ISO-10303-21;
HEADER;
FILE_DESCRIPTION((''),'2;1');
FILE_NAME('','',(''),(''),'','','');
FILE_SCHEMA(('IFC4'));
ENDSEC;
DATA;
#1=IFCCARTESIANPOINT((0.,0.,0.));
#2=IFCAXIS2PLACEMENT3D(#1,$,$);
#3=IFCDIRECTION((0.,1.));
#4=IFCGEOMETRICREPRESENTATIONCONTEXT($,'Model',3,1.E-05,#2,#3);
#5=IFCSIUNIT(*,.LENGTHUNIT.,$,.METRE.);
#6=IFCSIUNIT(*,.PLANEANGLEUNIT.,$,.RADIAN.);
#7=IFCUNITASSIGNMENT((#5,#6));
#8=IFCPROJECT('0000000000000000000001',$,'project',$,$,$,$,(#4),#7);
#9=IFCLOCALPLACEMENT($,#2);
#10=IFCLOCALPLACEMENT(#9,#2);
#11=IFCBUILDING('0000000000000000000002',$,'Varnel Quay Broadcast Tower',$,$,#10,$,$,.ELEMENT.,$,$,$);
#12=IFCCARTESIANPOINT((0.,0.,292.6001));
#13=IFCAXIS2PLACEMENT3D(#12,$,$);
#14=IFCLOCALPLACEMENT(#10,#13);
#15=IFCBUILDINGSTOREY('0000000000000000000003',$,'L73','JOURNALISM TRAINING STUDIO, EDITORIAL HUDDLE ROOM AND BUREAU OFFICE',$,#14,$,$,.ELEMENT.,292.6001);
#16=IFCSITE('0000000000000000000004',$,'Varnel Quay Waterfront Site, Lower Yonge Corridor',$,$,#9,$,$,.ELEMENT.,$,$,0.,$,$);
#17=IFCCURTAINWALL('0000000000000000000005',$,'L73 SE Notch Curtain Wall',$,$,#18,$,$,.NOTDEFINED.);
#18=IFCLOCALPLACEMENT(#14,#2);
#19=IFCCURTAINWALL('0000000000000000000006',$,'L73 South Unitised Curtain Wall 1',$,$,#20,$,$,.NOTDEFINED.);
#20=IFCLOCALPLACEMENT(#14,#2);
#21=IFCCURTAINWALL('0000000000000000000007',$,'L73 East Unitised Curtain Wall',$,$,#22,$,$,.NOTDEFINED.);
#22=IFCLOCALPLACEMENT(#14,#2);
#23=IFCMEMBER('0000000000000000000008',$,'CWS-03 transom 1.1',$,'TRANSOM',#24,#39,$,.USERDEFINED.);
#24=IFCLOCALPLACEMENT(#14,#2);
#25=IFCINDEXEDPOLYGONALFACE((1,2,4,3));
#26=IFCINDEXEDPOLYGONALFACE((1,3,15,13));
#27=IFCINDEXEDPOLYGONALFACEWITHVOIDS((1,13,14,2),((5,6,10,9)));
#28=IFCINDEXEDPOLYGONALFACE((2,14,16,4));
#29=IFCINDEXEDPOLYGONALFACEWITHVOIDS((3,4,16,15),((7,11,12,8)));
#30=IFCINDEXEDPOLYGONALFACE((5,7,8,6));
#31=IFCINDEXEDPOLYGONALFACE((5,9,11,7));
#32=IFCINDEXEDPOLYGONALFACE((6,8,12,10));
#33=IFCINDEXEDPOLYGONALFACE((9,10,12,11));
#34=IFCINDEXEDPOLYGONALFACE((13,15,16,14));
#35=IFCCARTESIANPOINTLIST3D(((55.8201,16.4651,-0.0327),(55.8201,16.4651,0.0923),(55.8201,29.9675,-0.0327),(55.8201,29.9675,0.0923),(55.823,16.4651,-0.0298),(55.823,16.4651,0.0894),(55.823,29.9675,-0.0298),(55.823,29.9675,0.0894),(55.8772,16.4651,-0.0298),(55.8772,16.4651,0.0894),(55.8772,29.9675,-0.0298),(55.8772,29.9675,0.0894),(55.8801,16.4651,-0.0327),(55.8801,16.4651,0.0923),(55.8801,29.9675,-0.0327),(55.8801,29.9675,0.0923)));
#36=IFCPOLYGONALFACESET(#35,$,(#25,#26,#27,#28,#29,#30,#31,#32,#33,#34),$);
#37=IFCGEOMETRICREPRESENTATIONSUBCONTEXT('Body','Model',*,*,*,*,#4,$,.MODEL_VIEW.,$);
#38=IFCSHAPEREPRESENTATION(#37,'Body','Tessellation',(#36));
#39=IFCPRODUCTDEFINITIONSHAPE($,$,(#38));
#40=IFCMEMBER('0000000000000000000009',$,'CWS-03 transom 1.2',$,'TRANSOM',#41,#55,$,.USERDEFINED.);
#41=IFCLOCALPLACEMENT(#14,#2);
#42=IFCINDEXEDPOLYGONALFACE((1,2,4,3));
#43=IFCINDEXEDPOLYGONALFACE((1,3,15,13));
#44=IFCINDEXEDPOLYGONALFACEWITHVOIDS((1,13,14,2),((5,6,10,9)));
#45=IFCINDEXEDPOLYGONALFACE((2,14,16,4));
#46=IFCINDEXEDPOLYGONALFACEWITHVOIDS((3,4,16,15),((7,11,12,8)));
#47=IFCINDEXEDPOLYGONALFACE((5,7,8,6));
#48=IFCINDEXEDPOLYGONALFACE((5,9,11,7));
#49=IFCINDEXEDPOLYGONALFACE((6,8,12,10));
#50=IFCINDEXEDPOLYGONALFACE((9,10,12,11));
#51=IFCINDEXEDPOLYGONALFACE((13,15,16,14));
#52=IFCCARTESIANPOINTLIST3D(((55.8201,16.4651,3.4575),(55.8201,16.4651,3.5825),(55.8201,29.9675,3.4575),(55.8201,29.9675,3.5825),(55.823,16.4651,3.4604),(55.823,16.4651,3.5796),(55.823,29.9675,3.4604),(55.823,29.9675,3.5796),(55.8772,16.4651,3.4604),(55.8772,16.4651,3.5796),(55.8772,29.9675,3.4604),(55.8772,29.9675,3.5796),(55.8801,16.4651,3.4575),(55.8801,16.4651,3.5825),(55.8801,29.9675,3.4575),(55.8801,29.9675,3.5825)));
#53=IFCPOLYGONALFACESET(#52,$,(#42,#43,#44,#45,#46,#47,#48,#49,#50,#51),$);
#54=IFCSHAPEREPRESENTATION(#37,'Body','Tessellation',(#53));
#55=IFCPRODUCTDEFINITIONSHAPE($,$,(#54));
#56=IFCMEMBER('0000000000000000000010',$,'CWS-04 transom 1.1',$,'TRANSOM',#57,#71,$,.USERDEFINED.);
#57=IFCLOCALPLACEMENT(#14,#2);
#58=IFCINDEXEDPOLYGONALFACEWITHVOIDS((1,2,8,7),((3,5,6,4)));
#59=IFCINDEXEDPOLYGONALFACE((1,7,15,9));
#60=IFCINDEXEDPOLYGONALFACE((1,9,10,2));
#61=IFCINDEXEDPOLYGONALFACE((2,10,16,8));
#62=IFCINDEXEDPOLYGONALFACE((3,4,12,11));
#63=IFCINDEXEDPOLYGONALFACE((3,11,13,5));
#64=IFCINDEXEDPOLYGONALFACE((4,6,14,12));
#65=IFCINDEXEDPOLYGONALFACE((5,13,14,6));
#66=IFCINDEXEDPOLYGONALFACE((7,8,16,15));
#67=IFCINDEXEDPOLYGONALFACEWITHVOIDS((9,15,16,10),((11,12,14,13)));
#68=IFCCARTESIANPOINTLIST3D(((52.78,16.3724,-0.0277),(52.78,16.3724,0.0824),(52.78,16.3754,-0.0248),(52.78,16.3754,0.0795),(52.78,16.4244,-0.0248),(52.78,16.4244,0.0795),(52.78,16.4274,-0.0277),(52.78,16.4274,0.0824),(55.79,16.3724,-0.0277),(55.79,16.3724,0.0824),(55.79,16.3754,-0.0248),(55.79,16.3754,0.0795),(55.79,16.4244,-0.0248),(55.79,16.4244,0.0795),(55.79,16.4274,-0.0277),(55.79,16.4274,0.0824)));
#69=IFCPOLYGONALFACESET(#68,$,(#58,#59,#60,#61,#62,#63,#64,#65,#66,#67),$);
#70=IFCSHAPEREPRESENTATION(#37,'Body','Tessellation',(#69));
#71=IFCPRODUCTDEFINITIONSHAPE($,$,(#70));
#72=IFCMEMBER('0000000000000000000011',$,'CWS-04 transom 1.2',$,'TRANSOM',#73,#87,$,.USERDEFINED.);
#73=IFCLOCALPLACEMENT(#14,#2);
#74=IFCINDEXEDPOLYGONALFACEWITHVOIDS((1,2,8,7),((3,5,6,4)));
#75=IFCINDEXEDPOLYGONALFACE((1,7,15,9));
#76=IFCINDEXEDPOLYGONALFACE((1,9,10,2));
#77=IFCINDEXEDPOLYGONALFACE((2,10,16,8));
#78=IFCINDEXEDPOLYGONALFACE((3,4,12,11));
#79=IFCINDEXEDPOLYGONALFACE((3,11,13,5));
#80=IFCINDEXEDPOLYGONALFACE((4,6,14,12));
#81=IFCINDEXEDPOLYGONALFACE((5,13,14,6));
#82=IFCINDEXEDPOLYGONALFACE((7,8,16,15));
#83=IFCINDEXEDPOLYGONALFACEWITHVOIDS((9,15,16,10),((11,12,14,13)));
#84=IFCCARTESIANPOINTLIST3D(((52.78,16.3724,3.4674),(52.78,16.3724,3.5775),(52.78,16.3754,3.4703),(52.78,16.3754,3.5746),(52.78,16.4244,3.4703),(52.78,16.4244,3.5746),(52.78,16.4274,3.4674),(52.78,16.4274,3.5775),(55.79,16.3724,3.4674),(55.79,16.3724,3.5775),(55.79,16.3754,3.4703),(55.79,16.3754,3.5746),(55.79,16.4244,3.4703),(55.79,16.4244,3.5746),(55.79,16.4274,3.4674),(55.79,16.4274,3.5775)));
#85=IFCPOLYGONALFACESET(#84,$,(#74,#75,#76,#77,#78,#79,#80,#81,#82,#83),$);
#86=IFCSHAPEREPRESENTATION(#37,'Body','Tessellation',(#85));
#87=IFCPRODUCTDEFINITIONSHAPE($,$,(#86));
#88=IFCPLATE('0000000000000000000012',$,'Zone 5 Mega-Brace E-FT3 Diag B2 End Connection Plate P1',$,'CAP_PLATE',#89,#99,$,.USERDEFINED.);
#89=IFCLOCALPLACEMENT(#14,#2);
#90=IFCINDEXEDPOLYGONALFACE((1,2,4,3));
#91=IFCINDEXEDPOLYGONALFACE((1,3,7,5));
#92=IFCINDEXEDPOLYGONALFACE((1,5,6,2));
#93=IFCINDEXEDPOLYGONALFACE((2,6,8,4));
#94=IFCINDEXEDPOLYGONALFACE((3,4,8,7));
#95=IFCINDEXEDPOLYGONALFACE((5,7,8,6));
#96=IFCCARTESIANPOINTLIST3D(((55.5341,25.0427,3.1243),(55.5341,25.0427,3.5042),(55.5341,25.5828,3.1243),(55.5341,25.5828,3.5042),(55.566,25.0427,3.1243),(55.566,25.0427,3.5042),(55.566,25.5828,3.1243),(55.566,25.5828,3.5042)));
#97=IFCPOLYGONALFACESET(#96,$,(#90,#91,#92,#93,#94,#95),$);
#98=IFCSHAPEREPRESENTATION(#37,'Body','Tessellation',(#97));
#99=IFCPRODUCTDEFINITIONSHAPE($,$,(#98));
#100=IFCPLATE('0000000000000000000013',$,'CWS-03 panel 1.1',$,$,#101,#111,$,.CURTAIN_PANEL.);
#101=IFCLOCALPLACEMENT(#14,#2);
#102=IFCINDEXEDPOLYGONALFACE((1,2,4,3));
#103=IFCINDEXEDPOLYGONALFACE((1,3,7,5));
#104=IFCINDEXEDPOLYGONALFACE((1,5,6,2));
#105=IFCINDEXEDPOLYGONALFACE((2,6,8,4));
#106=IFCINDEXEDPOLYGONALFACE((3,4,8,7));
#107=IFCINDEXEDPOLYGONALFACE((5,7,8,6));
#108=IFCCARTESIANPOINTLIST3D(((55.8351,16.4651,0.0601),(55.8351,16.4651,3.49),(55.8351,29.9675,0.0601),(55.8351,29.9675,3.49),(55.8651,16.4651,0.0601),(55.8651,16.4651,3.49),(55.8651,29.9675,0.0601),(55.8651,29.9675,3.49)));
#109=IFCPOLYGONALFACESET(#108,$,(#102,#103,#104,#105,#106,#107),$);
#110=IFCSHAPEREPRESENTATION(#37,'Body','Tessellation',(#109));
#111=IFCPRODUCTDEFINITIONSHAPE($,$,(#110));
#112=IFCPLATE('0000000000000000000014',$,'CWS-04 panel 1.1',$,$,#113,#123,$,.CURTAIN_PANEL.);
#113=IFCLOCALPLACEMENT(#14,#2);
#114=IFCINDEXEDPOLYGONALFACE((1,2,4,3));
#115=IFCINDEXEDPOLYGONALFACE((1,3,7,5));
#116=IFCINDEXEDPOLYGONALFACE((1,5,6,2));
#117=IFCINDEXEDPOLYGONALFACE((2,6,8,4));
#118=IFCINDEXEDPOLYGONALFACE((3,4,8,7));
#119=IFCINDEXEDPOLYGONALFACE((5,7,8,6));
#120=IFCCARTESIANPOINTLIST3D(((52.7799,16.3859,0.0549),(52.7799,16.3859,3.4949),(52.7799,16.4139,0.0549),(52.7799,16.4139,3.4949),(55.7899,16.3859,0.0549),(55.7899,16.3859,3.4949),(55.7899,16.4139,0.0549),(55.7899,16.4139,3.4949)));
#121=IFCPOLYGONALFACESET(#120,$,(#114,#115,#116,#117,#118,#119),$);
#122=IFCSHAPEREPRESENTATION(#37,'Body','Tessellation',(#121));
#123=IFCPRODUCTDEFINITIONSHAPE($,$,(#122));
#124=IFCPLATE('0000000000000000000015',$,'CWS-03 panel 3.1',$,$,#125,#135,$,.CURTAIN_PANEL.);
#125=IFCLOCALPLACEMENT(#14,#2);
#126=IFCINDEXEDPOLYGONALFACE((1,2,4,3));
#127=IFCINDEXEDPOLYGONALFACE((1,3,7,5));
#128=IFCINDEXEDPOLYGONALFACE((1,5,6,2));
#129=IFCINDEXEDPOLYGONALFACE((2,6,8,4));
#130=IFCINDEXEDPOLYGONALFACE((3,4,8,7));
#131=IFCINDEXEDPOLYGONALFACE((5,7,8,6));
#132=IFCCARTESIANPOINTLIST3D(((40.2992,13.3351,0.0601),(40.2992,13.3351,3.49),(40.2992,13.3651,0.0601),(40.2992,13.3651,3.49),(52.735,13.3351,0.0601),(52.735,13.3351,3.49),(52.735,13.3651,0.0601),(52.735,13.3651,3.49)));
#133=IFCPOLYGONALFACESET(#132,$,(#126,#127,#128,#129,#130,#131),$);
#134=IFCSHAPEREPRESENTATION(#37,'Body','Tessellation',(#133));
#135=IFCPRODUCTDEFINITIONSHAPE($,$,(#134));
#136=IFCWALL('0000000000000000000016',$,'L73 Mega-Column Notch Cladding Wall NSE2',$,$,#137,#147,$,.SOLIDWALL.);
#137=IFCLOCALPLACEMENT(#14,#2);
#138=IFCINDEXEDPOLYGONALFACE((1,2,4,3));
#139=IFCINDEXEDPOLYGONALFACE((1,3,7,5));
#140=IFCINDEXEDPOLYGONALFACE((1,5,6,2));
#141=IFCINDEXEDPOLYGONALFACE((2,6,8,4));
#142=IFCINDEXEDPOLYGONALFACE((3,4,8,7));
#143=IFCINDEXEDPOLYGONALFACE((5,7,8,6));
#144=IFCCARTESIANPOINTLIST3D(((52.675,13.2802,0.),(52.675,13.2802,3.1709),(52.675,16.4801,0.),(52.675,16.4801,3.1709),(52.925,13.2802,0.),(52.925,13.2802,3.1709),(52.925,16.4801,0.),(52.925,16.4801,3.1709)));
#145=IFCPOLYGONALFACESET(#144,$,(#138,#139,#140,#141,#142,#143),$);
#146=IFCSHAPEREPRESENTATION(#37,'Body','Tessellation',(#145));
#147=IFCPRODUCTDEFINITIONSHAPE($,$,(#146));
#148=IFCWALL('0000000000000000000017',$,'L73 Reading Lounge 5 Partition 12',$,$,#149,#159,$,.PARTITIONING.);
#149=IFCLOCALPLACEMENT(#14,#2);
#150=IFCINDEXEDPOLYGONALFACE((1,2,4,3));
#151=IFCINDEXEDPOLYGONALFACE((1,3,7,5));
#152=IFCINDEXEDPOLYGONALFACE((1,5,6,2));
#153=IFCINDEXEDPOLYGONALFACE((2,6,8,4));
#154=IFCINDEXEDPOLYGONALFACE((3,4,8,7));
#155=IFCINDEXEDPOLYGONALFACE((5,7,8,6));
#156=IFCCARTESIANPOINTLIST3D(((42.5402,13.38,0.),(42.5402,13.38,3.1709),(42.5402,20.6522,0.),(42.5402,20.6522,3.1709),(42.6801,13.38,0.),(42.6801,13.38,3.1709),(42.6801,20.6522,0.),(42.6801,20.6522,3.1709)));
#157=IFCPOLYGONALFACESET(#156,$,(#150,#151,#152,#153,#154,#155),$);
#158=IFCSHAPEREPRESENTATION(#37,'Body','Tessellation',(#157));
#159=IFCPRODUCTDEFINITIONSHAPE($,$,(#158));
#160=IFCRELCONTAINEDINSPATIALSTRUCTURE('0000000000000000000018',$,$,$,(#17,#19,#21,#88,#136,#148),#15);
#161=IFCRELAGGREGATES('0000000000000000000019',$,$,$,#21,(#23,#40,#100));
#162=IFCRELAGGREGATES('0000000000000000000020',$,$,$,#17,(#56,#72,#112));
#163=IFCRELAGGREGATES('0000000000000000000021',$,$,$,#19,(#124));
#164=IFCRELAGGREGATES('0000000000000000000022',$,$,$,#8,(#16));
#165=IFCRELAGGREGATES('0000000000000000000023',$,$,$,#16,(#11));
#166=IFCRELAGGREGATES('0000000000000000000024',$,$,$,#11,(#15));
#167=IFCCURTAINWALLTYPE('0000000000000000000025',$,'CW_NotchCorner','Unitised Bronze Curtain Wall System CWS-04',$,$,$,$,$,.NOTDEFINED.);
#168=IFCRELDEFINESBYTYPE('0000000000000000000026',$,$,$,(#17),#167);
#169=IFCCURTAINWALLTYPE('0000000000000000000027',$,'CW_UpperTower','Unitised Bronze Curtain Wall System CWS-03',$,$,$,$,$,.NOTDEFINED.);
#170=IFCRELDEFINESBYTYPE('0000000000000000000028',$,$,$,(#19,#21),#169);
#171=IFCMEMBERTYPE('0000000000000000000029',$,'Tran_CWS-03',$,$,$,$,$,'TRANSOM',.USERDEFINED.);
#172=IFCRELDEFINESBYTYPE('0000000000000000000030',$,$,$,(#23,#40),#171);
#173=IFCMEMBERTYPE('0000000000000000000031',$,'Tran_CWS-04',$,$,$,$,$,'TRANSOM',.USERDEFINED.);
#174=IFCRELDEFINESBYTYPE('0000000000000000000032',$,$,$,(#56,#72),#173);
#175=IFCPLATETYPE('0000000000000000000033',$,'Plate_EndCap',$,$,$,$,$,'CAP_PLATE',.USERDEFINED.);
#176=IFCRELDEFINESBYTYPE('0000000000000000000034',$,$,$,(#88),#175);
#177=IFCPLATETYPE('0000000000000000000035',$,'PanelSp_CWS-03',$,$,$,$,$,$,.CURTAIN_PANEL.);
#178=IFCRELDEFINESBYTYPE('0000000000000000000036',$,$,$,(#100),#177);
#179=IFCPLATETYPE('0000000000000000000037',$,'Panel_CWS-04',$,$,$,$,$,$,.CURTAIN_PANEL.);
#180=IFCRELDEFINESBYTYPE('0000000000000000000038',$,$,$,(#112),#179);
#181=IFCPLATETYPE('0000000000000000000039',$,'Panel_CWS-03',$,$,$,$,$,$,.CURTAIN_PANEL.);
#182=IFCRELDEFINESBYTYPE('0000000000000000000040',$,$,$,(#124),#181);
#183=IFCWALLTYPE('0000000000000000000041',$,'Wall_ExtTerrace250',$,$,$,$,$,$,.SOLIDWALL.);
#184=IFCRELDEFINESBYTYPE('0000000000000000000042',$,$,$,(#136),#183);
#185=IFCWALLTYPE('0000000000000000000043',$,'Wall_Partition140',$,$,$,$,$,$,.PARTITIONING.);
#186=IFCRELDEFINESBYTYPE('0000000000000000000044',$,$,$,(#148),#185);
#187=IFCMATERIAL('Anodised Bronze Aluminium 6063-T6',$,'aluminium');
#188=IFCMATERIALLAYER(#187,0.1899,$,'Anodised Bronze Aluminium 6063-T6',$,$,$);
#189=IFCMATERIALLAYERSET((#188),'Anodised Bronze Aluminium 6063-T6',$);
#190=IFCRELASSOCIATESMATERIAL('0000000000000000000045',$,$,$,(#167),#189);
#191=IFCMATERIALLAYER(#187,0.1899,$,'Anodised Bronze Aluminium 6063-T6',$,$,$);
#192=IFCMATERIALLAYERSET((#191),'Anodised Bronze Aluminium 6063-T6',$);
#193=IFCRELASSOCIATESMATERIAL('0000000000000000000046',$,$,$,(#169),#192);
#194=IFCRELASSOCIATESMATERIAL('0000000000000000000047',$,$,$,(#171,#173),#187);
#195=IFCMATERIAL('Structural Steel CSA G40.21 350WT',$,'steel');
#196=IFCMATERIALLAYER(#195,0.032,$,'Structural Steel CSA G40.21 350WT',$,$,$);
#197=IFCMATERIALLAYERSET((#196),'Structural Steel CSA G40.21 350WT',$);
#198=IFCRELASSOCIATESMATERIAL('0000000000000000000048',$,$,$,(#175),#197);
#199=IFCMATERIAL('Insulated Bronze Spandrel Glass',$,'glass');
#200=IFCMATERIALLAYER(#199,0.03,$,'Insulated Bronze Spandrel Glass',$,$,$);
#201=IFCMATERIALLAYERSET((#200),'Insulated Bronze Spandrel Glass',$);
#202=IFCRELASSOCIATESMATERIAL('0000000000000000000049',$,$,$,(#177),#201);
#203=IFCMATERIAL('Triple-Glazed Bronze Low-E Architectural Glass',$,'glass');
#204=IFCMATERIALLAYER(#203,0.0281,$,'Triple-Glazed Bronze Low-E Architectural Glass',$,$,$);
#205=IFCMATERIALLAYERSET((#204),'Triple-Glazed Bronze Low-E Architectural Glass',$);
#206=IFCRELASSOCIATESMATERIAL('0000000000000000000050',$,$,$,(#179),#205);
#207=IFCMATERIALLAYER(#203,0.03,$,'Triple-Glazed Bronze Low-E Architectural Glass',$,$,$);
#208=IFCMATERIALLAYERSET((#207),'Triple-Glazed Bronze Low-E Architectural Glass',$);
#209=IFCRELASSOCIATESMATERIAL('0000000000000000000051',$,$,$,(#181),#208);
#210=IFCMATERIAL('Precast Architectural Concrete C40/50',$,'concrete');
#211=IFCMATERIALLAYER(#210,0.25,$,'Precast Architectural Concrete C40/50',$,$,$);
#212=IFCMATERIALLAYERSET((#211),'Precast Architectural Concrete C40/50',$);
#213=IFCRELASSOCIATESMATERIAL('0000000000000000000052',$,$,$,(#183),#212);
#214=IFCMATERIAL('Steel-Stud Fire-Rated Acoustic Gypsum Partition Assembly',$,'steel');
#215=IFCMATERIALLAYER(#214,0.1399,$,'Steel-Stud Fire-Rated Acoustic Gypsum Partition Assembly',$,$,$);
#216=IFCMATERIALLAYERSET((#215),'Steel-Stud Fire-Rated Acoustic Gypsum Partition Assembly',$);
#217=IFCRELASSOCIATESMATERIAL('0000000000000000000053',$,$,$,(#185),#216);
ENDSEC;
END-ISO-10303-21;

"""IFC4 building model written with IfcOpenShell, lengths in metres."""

from ifc_helpers import new_model, si_unit, direction, frame, frame_2d, origin, origin_2d, place, context, subcontext, project, spatial, rectangle, hollow_rectangle, extrude, source, transform, mapped, material, layer, layer_set, material_profile, profile_set, type_object, type_shapes, element, aggregate, save


model = new_model("IFC4")

# Units and contexts
model_context = context("Model", 3, precision=1e-05, world=origin(), true_north=direction((0.0, 1.0)))
body_context = subcontext(model_context, "Body", "Model", "MODEL_VIEW")
ifc_project = project(units=[si_unit("LENGTHUNIT", "METRE"), si_unit("PLANEANGLEUNIT", "RADIAN")], contexts=[model_context])

# Site, building, storey
site_placement = place(None, origin())
site = spatial("IfcSite", under=ifc_project, at=site_placement, Name="Varnel Quay Waterfront Site, Lower Yonge Corridor", CompositionType="ELEMENT", RefElevation=0.0)
building_placement = place(site_placement, origin())
building = spatial("IfcBuilding", under=site, at=building_placement, Name="Varnel Quay Broadcast Tower", CompositionType="ELEMENT")
storey_placement = place(building_placement, frame((0.0, 0.0, 292.6001)))
storey = spatial("IfcBuildingStorey", under=building, at=storey_placement, Name="L73", Description="JOURNALISM TRAINING STUDIO, EDITORIAL HUDDLE ROOM AND BUREAU OFFICE", CompositionType="ELEMENT", Elevation=292.6001)

# Shared definitions
ifc_material_1 = material(Name="Structural Steel CSA G40.21 350WT", Category="steel")

# Curtain wall
ifc_material_2 = material(Name="Anodised Bronze Aluminium 6063-T6", Category="aluminium")
ifc_layer_1 = layer(ifc_material_2, 0.1899, Name="Anodised Bronze Aluminium 6063-T6")
ifc_layer_set_1 = layer_set([ifc_layer_1], Name="Anodised Bronze Aluminium 6063-T6")
curtain_wall_type_1 = type_object("IfcCurtainWallType", Name="CW_NotchCorner", Description="Unitised Bronze Curtain Wall System CWS-04", PredefinedType="NOTDEFINED", material=ifc_layer_set_1)
curtain_wall_1_placement = place(storey_placement, origin())
curtain_wall_1 = element("IfcCurtainWall", 1, at=curtain_wall_1_placement, inside=storey, type_object=curtain_wall_type_1, Name="L73 SE Notch Curtain Wall", PredefinedType="NOTDEFINED")

# Curtain wall
ifc_layer_2 = layer(ifc_material_2, 0.1899, Name="Anodised Bronze Aluminium 6063-T6")
ifc_layer_set_2 = layer_set([ifc_layer_2], Name="Anodised Bronze Aluminium 6063-T6")
curtain_wall_type_2 = type_object("IfcCurtainWallType", Name="CW_UpperTower", Description="Unitised Bronze Curtain Wall System CWS-03", PredefinedType="NOTDEFINED", material=ifc_layer_set_2)
curtain_wall_2_placement = place(storey_placement, origin())
curtain_wall_2 = element("IfcCurtainWall", 2, at=curtain_wall_2_placement, inside=storey, type_object=curtain_wall_type_2, Name="L73 South Unitised Curtain Wall 1", PredefinedType="NOTDEFINED")

# Curtain wall, members
curtain_wall_3_placement = place(storey_placement, origin())
curtain_wall_3 = element("IfcCurtainWall", 3, at=curtain_wall_3_placement, inside=storey, type_object=curtain_wall_type_2, Name="L73 East Unitised Curtain Wall", PredefinedType="NOTDEFINED")
ifc_material_profile_1 = material_profile(ifc_material_2, hollow_rectangle(XDim=0.0601, YDim=0.125, WallThickness=0.0029, at=origin_2d()), Name="ALU60X125X3")
ifc_profile_set_1 = profile_set([ifc_material_profile_1], Name="Anodised Bronze Aluminium 6063-T6")
member_type_1 = type_object("IfcMemberType", Name="Tran_CWS-03", ElementType="TRANSOM", PredefinedType="USERDEFINED", material=ifc_profile_set_1)
shared_shape_1 = source(origin(), body_context, "Body", "SweptSolid", [
    extrude(hollow_rectangle(XDim=0.0601, YDim=0.125, WallThickness=0.0029, at=origin_2d()), origin(), (0.0, 0.0, 1.0), 13.5024),
])
type_shapes(member_type_1, [shared_shape_1])
member_1_placement = place(storey_placement, frame((55.8501, 16.4651, 0.0298), z_axis=(0.0, 1.0, 0.0), x_axis=(-1.0, 0.0, 0.0)))
member_1 = element("IfcMember", 4, at=member_1_placement, type_object=member_type_1, Name="CWS-03 transom 1.1", ObjectType="TRANSOM", PredefinedType="USERDEFINED", context=body_context, shape_type="MappedRepresentation", body=[
    mapped(shared_shape_1, transform((0.0, 0.0, 0.0), x_axis=(1.0, 0.0, 0.0), y_axis=(0.0, 1.0, 0.0), z_axis=(0.0, 0.0, 1.0), scale=1.0)),
])
member_2_placement = place(storey_placement, frame((55.8501, 16.4651, 3.52), z_axis=(0.0, 1.0, 0.0), x_axis=(-1.0, 0.0, 0.0)))
member_2 = element("IfcMember", 5, at=member_2_placement, type_object=member_type_1, Name="CWS-03 transom 1.2", ObjectType="TRANSOM", PredefinedType="USERDEFINED", context=body_context, shape_type="MappedRepresentation", body=[
    mapped(shared_shape_1, transform((0.0, 0.0, 0.0), x_axis=(1.0, 0.0, 0.0), y_axis=(0.0, 1.0, 0.0), z_axis=(0.0, 0.0, 1.0), scale=1.0)),
])

# Members
ifc_material_profile_2 = material_profile(ifc_material_2, hollow_rectangle(XDim=0.0549, YDim=0.1101, WallThickness=0.0029, at=origin_2d()), Name="ALU55X110X3")
ifc_profile_set_2 = profile_set([ifc_material_profile_2], Name="Anodised Bronze Aluminium 6063-T6")
member_type_2 = type_object("IfcMemberType", Name="Tran_CWS-04", ElementType="TRANSOM", PredefinedType="USERDEFINED", material=ifc_profile_set_2)
shared_shape_2 = source(origin(), body_context, "Body", "SweptSolid", [
    extrude(hollow_rectangle(XDim=0.0549, YDim=0.1101, WallThickness=0.0029, at=origin_2d()), origin(), (0.0, 0.0, 1.0), 3.01),
])
type_shapes(member_type_2, [shared_shape_2])
member_3_placement = place(storey_placement, frame((52.78, 16.3999, 0.0273), z_axis=(1.0, 0.0, 0.0), x_axis=(0.0, 1.0, 0.0)))
member_3 = element("IfcMember", 6, at=member_3_placement, type_object=member_type_2, Name="CWS-04 transom 1.1", ObjectType="TRANSOM", PredefinedType="USERDEFINED", context=body_context, shape_type="MappedRepresentation", body=[
    mapped(shared_shape_2, transform((0.0, 0.0, 0.0), x_axis=(1.0, 0.0, 0.0), y_axis=(0.0, 1.0, 0.0), z_axis=(0.0, 0.0, 1.0), scale=1.0)),
])
member_4_placement = place(storey_placement, frame((52.78, 16.3999, 3.5225), z_axis=(1.0, 0.0, 0.0), x_axis=(0.0, 1.0, 0.0)))
member_4 = element("IfcMember", 7, at=member_4_placement, type_object=member_type_2, Name="CWS-04 transom 1.2", ObjectType="TRANSOM", PredefinedType="USERDEFINED", context=body_context, shape_type="MappedRepresentation", body=[
    mapped(shared_shape_2, transform((0.0, 0.0, 0.0), x_axis=(1.0, 0.0, 0.0), y_axis=(0.0, 1.0, 0.0), z_axis=(0.0, 0.0, 1.0), scale=1.0)),
])

# Plates
ifc_layer_3 = layer(ifc_material_1, 0.032, Name="Structural Steel CSA G40.21 350WT")
ifc_layer_set_3 = layer_set([ifc_layer_3], Name="Structural Steel CSA G40.21 350WT")
plate_type_1 = type_object("IfcPlateType", Name="Plate_EndCap", ElementType="CAP_PLATE", PredefinedType="USERDEFINED", material=ifc_layer_set_3)
shared_shape_3 = source(origin(), body_context, "Body", "SweptSolid", [
    extrude(rectangle(XDim=0.54, YDim=0.032, at=origin_2d()), origin(), (0.0, 0.0, 1.0), 0.3799),
])
type_shapes(plate_type_1, [shared_shape_3])
plate_1_placement = place(storey_placement, frame((55.55, 25.3127, 3.1243), z_axis=(0.0, 0.0, 1.0), x_axis=(0.0, 1.0, 0.0)))
element("IfcPlate", 8, at=plate_1_placement, inside=storey, type_object=plate_type_1, Name="Zone 5 Mega-Brace E-FT3 Diag B2 End Connection Plate P1", ObjectType="CAP_PLATE", PredefinedType="USERDEFINED", context=body_context, shape_type="MappedRepresentation", body=[
    mapped(shared_shape_3, transform((0.0, 0.0, 0.0), x_axis=(1.0, 0.0, 0.0), y_axis=(0.0, 1.0, 0.0), z_axis=(0.0, 0.0, 1.0), scale=1.0)),
])
ifc_material_3 = material(Name="Insulated Bronze Spandrel Glass", Category="glass")
ifc_layer_4 = layer(ifc_material_3, 0.03, Name="Insulated Bronze Spandrel Glass")
ifc_layer_set_4 = layer_set([ifc_layer_4], Name="Insulated Bronze Spandrel Glass")
plate_type_2 = type_object("IfcPlateType", Name="PanelSp_CWS-03", PredefinedType="CURTAIN_PANEL", material=ifc_layer_set_4)
shared_shape_4 = source(origin(), body_context, "Body", "SweptSolid", [
    extrude(rectangle(XDim=13.5024, YDim=0.03, at=origin_2d()), origin(), (0.0, 0.0, 1.0), 3.4299),
])
type_shapes(plate_type_2, [shared_shape_4])
plate_2_placement = place(storey_placement, frame((55.8501, 23.2163, 0.0601), z_axis=(0.0, 0.0, 1.0), x_axis=(0.0, 1.0, 0.0)))
plate_2 = element("IfcPlate", 9, at=plate_2_placement, type_object=plate_type_2, Name="CWS-03 panel 1.1", PredefinedType="CURTAIN_PANEL", context=body_context, shape_type="MappedRepresentation", body=[
    mapped(shared_shape_4, transform((0.0, 0.0, 0.0), x_axis=(1.0, 0.0, 0.0), y_axis=(0.0, 1.0, 0.0), z_axis=(0.0, 0.0, 1.0), scale=1.0)),
])
aggregate(curtain_wall_3, [member_1, member_2, plate_2])
ifc_material_4 = material(Name="Triple-Glazed Bronze Low-E Architectural Glass", Category="glass")
ifc_layer_5 = layer(ifc_material_4, 0.0281, Name="Triple-Glazed Bronze Low-E Architectural Glass")
ifc_layer_set_5 = layer_set([ifc_layer_5], Name="Triple-Glazed Bronze Low-E Architectural Glass")
plate_type_3 = type_object("IfcPlateType", Name="Panel_CWS-04", PredefinedType="CURTAIN_PANEL", material=ifc_layer_set_5)
shared_shape_5 = source(origin(), body_context, "Body", "SweptSolid", [
    extrude(rectangle(XDim=3.01, YDim=0.0281, at=origin_2d()), origin(), (0.0, 0.0, 1.0), 3.4399),
])
type_shapes(plate_type_3, [shared_shape_5])
plate_3_placement = place(storey_placement, frame((54.2849, 16.3999, 0.0549), z_axis=(0.0, 0.0, 1.0), x_axis=(1.0, 0.0, 0.0)))
plate_3 = element("IfcPlate", 10, at=plate_3_placement, type_object=plate_type_3, Name="CWS-04 panel 1.1", PredefinedType="CURTAIN_PANEL", context=body_context, shape_type="MappedRepresentation", body=[
    mapped(shared_shape_5, transform((0.0, 0.0, 0.0), x_axis=(1.0, 0.0, 0.0), y_axis=(0.0, 1.0, 0.0), z_axis=(0.0, 0.0, 1.0), scale=1.0)),
])
aggregate(curtain_wall_1, [member_3, member_4, plate_3])
ifc_layer_6 = layer(ifc_material_4, 0.03, Name="Triple-Glazed Bronze Low-E Architectural Glass")
ifc_layer_set_6 = layer_set([ifc_layer_6], Name="Triple-Glazed Bronze Low-E Architectural Glass")
plate_type_4 = type_object("IfcPlateType", Name="Panel_CWS-03", PredefinedType="CURTAIN_PANEL", material=ifc_layer_set_6)
shared_shape_6 = source(origin(), body_context, "Body", "SweptSolid", [
    extrude(rectangle(XDim=12.4358, YDim=0.03, at=origin_2d()), origin(), (0.0, 0.0, 1.0), 3.4299),
])
type_shapes(plate_type_4, [shared_shape_6])
plate_4_placement = place(storey_placement, frame((46.5171, 13.3501, 0.0601), z_axis=(0.0, 0.0, 1.0), x_axis=(1.0, 0.0, 0.0)))
plate_4 = element("IfcPlate", 11, at=plate_4_placement, type_object=plate_type_4, Name="CWS-03 panel 3.1", PredefinedType="CURTAIN_PANEL", context=body_context, shape_type="MappedRepresentation", body=[
    mapped(shared_shape_6, transform((0.0, 0.0, 0.0), x_axis=(1.0, 0.0, 0.0), y_axis=(0.0, 1.0, 0.0), z_axis=(0.0, 0.0, 1.0), scale=1.0)),
])
aggregate(curtain_wall_2, [plate_4])

# Walls
ifc_material_5 = material(Name="Precast Architectural Concrete C40/50", Category="concrete")
ifc_layer_7 = layer(ifc_material_5, 0.25, Name="Precast Architectural Concrete C40/50")
ifc_layer_set_7 = layer_set([ifc_layer_7], Name="Precast Architectural Concrete C40/50")
wall_type_1 = type_object("IfcWallType", Name="Wall_ExtTerrace250", PredefinedType="SOLIDWALL", material=ifc_layer_set_7)
wall_1_placement = place(storey_placement, frame((52.8, 13.28, 0.0), z_axis=(0.0, 0.0, 1.0), x_axis=(0.0, 1.0, 0.0)))
element("IfcWall", 12, at=wall_1_placement, inside=storey, type_object=wall_type_1, Name="L73 Mega-Column Notch Cladding Wall NSE2", PredefinedType="SOLIDWALL", context=body_context, shape_type="SweptSolid", body=[
    extrude(rectangle(XDim=3.2, YDim=0.25, at=frame_2d((1.6001, 0.0))), origin(), (0.0, 0.0, 1.0), 3.1709),
])
ifc_material_6 = material(Name="Steel-Stud Fire-Rated Acoustic Gypsum Partition Assembly", Category="steel")
ifc_layer_8 = layer(ifc_material_6, 0.1399, Name="Steel-Stud Fire-Rated Acoustic Gypsum Partition Assembly")
ifc_layer_set_8 = layer_set([ifc_layer_8], Name="Steel-Stud Fire-Rated Acoustic Gypsum Partition Assembly")
wall_type_2 = type_object("IfcWallType", Name="Wall_Partition140", PredefinedType="PARTITIONING", material=ifc_layer_set_8)
wall_2_placement = place(storey_placement, frame((42.6101, 13.3799, 0.0), z_axis=(0.0, 0.0, 1.0), x_axis=(0.0, 1.0, 0.0)))
element("IfcWall", 13, at=wall_2_placement, inside=storey, type_object=wall_type_2, Name="L73 Reading Lounge 5 Partition 12", PredefinedType="PARTITIONING", context=body_context, shape_type="SweptSolid", body=[
    extrude(rectangle(XDim=7.2722, YDim=0.1399, at=frame_2d((3.6362, 0.0))), origin(), (0.0, 0.0, 1.0), 3.1709),
])

save(model, "model.ifc")
